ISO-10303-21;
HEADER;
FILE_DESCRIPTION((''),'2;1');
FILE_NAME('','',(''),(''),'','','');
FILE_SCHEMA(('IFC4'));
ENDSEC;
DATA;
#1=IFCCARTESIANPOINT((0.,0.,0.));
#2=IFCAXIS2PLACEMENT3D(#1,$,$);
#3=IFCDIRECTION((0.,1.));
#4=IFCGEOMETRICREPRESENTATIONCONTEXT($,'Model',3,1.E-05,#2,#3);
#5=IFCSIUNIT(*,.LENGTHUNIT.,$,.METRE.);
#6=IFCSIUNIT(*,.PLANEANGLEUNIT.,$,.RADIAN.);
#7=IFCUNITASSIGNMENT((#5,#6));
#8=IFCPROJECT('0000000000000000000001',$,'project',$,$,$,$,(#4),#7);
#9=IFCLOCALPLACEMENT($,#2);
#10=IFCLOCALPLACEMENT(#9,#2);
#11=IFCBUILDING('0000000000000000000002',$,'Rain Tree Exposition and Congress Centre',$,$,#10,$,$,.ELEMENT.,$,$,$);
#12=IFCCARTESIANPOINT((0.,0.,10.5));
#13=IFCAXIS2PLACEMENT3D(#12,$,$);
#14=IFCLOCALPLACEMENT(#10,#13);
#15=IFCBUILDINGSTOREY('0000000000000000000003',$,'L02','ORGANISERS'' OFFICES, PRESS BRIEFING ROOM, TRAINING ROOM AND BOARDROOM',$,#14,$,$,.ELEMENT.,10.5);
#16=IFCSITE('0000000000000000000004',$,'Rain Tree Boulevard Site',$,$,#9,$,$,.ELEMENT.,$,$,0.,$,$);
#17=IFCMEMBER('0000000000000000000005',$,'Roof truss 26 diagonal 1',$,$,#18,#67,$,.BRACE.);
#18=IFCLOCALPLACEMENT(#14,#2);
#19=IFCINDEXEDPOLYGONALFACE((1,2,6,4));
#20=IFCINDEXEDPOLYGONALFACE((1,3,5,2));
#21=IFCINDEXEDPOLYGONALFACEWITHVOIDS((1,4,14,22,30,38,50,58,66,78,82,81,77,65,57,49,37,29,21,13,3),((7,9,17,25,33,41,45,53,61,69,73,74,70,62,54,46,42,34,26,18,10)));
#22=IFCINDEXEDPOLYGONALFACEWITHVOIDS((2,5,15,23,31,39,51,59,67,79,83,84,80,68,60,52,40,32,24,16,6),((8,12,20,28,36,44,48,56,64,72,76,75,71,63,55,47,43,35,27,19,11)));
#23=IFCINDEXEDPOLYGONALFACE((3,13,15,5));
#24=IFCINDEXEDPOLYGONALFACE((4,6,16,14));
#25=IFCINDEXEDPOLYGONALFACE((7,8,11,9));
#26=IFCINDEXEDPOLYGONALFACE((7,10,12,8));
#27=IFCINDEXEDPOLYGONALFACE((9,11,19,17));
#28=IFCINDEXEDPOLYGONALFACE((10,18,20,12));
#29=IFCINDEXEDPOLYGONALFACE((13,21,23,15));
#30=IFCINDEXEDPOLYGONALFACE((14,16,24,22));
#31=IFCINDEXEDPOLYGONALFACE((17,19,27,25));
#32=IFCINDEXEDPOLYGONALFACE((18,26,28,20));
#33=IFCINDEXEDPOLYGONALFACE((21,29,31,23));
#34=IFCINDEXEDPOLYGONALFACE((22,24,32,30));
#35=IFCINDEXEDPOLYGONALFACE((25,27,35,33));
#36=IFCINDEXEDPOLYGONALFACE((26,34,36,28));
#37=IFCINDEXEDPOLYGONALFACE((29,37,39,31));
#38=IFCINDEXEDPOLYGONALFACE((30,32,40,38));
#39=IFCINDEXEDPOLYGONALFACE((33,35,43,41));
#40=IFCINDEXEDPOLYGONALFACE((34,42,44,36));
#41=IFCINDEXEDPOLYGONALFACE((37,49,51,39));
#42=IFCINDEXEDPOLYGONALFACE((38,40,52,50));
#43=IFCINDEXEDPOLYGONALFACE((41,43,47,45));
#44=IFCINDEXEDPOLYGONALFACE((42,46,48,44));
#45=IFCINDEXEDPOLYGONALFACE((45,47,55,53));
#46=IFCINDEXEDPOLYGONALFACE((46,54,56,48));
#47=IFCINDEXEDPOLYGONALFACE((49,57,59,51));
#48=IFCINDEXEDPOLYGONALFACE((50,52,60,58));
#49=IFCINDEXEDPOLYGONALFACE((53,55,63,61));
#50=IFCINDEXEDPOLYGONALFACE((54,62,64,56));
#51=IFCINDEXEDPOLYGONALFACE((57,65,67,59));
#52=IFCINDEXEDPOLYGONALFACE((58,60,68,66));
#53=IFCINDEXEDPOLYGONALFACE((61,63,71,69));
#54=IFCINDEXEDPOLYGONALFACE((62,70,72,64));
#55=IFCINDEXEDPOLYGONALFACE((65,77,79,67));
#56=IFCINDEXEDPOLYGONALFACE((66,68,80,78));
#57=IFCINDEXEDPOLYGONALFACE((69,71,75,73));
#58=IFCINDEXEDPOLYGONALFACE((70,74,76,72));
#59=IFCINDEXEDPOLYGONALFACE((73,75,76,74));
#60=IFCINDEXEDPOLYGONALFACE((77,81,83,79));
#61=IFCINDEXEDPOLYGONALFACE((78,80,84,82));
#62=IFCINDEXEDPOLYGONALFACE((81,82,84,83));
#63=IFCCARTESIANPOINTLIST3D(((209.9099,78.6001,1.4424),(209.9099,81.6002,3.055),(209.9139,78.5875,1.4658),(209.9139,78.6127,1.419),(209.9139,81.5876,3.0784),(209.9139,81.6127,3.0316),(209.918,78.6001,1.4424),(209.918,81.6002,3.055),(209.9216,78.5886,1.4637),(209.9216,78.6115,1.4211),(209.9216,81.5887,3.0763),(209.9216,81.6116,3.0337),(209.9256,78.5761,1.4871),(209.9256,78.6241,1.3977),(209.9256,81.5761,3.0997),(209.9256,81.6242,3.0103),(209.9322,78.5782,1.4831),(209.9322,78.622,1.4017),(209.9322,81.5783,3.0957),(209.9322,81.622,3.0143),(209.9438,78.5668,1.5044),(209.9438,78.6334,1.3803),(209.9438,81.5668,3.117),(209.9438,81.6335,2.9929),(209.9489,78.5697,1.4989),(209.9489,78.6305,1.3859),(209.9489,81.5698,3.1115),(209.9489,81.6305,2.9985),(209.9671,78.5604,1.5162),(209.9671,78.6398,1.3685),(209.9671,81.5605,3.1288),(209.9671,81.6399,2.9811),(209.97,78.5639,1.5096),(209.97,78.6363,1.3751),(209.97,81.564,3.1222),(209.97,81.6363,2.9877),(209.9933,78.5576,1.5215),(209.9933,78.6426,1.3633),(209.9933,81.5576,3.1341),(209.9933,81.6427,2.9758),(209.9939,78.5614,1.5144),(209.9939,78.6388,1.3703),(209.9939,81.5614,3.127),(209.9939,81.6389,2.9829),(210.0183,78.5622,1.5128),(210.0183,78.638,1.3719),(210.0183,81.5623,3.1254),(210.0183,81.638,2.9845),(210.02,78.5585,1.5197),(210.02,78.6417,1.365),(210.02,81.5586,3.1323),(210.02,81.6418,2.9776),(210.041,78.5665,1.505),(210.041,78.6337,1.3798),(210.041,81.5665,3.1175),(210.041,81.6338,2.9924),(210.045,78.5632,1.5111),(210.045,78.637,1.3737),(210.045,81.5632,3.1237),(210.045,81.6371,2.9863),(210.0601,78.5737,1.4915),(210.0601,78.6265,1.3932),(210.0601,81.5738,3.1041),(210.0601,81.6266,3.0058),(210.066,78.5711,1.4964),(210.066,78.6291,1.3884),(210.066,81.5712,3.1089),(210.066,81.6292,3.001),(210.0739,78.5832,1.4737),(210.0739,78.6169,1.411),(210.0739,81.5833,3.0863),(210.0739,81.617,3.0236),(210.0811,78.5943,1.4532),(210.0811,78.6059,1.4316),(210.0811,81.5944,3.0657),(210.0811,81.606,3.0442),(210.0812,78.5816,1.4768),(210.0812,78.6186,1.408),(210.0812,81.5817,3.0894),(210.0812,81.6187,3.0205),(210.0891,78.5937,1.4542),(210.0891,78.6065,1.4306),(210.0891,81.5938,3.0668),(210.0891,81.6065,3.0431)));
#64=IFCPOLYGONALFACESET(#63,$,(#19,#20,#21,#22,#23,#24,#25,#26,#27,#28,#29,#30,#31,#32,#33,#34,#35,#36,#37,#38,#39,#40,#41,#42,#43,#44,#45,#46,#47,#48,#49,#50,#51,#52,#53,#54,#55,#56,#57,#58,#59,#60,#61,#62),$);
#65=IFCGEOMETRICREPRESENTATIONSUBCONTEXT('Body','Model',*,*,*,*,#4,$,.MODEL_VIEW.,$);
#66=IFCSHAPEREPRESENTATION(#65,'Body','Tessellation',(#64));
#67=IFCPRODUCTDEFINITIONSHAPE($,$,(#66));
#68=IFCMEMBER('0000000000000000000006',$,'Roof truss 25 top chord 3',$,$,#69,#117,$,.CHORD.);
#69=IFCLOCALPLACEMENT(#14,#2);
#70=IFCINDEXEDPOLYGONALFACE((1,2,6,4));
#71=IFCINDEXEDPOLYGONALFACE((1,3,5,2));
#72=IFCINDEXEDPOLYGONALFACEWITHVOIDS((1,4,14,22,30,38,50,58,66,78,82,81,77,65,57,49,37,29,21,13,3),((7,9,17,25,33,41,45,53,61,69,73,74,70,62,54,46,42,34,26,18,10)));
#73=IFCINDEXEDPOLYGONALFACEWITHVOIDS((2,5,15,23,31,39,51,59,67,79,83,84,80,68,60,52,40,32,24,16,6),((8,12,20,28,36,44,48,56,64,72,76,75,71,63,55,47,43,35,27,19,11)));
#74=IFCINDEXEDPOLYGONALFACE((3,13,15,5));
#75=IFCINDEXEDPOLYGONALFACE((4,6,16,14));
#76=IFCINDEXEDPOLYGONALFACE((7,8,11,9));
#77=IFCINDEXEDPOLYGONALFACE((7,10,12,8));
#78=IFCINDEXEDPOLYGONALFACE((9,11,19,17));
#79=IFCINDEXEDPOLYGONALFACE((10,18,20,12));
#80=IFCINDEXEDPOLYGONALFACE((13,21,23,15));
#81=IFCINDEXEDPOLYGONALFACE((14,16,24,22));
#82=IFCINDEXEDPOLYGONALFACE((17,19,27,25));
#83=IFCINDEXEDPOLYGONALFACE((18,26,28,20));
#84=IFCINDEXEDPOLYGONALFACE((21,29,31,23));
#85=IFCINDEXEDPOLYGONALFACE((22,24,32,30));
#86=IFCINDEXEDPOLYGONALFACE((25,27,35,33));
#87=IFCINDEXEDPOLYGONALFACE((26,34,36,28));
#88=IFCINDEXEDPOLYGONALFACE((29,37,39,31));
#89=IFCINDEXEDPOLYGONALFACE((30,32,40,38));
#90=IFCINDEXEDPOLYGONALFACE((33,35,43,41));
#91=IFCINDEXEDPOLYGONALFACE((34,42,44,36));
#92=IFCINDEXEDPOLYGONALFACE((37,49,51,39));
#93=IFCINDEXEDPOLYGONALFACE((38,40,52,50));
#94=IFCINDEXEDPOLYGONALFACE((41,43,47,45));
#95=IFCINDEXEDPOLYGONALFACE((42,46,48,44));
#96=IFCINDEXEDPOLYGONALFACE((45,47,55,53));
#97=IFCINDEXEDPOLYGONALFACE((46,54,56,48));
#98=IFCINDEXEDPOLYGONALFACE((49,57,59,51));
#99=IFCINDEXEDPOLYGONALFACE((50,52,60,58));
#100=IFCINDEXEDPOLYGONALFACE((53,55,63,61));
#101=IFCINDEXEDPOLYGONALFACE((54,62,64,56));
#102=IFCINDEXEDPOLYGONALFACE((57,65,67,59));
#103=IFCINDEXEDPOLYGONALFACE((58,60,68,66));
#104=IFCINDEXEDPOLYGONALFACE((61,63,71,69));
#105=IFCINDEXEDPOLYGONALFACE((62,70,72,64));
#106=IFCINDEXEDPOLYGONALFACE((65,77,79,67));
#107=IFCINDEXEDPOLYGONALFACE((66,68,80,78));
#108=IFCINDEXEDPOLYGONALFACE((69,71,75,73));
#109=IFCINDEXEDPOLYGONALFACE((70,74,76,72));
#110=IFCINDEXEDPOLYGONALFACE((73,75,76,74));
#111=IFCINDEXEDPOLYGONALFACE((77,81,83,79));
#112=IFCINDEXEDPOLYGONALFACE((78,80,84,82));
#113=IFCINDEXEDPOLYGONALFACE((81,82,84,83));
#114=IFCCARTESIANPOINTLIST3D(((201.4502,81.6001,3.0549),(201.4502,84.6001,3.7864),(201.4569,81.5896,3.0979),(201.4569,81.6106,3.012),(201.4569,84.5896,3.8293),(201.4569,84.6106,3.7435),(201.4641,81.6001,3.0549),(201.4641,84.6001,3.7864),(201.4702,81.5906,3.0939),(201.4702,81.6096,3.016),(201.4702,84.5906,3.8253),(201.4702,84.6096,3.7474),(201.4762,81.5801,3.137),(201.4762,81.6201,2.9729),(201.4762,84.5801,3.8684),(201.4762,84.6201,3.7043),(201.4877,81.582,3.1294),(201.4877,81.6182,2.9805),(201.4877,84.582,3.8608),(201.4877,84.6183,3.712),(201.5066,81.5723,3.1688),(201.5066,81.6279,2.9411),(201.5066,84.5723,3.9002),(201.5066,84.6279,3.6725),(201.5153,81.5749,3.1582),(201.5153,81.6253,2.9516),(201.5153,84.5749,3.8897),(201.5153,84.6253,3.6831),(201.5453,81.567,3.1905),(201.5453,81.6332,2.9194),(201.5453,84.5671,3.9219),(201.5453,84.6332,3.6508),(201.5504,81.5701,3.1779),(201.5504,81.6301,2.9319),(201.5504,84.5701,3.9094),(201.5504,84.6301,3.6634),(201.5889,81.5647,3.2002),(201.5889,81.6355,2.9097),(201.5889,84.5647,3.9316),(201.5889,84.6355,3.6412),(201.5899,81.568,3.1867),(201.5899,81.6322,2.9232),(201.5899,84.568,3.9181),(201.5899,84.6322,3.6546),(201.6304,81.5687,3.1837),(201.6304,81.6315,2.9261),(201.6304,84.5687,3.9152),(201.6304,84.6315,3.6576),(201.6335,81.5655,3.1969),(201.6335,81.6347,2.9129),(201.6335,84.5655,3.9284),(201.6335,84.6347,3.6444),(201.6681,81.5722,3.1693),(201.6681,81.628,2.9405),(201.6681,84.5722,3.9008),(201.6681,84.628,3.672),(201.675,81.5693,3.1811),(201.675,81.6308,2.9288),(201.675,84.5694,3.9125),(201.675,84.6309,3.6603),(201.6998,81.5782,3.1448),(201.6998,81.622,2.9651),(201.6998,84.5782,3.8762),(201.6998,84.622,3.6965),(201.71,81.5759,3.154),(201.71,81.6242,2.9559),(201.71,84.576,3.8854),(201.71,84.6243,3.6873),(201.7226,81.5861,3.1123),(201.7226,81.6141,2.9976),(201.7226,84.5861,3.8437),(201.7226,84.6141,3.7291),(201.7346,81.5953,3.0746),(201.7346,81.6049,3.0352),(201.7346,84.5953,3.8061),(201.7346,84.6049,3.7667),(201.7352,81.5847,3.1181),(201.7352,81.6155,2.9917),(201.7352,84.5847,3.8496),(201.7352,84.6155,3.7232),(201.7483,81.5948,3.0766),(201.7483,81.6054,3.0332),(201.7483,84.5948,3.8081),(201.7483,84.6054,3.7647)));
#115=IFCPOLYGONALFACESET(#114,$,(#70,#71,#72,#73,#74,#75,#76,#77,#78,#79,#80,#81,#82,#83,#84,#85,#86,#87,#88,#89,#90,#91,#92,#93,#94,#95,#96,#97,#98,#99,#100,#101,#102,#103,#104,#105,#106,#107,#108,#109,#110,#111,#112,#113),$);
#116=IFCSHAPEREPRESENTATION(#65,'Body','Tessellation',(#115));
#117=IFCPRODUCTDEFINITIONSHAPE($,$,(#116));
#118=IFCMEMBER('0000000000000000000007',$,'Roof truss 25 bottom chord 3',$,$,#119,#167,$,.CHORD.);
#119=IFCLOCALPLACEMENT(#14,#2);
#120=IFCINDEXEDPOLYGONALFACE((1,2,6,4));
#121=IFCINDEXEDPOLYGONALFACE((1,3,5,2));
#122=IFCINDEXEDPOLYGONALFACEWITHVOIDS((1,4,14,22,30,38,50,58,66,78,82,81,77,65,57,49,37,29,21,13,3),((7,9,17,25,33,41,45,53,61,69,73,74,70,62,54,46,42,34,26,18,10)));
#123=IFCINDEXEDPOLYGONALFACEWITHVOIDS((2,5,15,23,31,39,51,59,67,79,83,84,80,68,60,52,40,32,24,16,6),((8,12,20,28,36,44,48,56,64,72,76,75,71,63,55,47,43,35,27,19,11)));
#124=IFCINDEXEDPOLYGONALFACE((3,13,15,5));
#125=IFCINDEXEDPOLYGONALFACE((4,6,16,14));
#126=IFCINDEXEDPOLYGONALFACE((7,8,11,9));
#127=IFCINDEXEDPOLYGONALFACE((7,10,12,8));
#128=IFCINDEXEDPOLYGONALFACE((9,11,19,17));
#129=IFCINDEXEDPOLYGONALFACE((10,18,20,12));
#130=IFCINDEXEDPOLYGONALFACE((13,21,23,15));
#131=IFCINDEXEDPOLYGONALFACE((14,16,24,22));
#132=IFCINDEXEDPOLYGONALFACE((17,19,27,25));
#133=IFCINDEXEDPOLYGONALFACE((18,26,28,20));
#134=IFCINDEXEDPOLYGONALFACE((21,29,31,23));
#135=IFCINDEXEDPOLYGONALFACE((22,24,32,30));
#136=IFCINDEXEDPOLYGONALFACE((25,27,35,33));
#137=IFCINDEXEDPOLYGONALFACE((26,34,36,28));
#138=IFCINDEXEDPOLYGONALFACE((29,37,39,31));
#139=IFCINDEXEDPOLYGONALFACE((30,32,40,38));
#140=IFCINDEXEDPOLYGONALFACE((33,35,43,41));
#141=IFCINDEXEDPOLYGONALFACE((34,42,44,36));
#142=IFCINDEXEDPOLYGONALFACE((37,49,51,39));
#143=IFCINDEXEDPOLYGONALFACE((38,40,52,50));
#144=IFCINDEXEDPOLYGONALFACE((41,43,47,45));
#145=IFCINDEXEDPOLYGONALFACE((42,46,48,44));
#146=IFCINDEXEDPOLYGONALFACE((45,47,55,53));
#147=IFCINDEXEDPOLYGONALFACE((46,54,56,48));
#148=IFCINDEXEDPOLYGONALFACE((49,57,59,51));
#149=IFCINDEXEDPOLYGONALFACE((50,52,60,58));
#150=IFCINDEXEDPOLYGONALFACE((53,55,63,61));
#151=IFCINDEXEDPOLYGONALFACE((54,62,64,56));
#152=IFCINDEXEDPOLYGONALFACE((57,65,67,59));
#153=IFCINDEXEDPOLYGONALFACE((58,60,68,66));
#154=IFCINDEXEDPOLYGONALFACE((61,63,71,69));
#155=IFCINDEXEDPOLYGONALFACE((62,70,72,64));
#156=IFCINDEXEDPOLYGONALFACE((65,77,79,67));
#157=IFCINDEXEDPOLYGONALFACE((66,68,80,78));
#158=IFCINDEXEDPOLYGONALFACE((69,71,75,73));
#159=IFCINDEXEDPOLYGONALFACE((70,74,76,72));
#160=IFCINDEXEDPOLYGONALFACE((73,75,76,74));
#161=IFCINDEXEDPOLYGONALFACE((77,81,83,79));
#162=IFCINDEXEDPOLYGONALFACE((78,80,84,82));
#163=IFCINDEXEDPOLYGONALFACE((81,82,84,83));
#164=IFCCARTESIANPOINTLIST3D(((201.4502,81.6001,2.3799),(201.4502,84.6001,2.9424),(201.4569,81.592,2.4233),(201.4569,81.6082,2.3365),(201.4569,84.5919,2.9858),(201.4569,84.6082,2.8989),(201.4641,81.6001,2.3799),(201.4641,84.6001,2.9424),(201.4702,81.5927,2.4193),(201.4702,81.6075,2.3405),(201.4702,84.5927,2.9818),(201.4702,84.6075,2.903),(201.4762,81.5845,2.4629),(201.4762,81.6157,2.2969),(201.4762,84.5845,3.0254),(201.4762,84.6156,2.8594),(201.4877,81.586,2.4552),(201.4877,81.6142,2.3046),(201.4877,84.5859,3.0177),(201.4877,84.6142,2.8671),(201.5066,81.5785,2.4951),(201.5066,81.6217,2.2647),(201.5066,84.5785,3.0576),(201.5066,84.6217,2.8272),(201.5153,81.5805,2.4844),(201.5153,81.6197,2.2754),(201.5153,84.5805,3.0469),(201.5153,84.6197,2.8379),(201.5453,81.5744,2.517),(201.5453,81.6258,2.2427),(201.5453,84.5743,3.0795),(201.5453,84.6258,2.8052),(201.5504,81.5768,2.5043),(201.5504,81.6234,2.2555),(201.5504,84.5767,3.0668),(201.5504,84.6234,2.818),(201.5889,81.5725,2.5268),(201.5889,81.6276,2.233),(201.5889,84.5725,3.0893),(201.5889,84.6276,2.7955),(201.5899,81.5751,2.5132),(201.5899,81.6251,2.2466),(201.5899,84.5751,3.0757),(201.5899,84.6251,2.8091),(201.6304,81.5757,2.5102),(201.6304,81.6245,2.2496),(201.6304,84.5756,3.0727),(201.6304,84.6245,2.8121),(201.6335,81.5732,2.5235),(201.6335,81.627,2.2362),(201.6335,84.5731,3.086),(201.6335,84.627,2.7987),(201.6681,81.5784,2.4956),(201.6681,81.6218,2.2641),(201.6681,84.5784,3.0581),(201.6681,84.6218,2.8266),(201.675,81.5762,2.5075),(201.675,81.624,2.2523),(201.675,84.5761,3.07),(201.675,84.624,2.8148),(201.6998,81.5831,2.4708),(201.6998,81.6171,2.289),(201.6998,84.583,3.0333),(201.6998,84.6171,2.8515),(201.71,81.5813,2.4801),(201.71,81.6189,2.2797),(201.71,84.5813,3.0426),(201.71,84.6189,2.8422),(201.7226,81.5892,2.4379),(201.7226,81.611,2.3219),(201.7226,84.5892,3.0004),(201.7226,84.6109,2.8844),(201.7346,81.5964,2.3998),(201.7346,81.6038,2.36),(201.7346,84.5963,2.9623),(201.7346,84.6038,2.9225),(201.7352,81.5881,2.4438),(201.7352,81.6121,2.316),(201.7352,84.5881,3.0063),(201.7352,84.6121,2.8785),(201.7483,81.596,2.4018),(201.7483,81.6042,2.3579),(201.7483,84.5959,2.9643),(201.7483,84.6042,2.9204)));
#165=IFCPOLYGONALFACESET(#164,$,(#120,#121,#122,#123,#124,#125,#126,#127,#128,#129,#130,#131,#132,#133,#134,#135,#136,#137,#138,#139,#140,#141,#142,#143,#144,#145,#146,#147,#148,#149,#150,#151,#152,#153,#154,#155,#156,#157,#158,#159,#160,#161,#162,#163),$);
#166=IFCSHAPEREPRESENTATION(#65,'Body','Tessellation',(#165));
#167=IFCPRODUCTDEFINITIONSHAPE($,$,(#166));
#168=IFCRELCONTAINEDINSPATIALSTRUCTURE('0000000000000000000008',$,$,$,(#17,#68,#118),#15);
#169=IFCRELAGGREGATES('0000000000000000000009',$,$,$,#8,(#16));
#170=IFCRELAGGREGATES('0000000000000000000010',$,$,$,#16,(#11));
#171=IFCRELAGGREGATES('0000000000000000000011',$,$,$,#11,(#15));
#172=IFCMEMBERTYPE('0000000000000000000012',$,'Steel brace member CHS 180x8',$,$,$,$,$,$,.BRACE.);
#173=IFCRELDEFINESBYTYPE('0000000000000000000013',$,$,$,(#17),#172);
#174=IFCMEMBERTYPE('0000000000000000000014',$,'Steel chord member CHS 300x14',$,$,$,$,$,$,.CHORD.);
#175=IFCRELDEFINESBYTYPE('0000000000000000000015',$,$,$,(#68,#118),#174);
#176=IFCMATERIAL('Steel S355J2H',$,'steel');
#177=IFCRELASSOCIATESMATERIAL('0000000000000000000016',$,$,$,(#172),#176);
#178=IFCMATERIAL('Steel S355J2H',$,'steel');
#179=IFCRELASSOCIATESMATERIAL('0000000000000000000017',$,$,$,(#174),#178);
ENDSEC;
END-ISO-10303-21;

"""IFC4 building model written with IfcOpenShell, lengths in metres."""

from ifc_helpers import new_model, si_unit, direction, frame, origin, origin_2d, place, context, subcontext, project, spatial, hollow_circle, extrude, material, material_profile, profile_set, type_object, element, save


model = new_model("IFC4")

# Units and contexts
model_context = context("Model", 3, precision=1e-05, world=origin(), true_north=direction((0.0, 1.0)))
body_context = subcontext(model_context, "Body", "Model", "MODEL_VIEW")
ifc_project = project(units=[si_unit("LENGTHUNIT", "METRE"), si_unit("PLANEANGLEUNIT", "RADIAN")], contexts=[model_context])

# Site, building, storey
site_placement = place(None, origin())
site = spatial("IfcSite", under=ifc_project, at=site_placement, Name="Rain Tree Boulevard Site", CompositionType="ELEMENT", RefElevation=0.0)
building_placement = place(site_placement, origin())
building = spatial("IfcBuilding", under=site, at=building_placement, Name="Rain Tree Exposition and Congress Centre", CompositionType="ELEMENT")
storey_placement = place(building_placement, frame((0.0, 0.0, 10.5)))
storey = spatial("IfcBuildingStorey", under=building, at=storey_placement, Name="L02", Description="ORGANISERS' OFFICES, PRESS BRIEFING ROOM, TRAINING ROOM AND BOARDROOM", CompositionType="ELEMENT", Elevation=10.5)

# Members
ifc_material_1 = material(Name="Steel S355J2H", Category="steel")
ifc_material_profile_1 = material_profile(ifc_material_1, hollow_circle(Radius=0.0901, WallThickness=0.0081, at=origin_2d()), Name="CHS 180x8")
ifc_profile_set_1 = profile_set([ifc_material_profile_1], Name="Steel S355J2H")
member_type_1 = type_object("IfcMemberType", Name="Steel brace member CHS 180x8", PredefinedType="BRACE", material=ifc_profile_set_1)
member_1_placement = place(storey_placement, frame((210.0, 78.6001, 1.4424), z_axis=(0.0, 0.880818, 0.473454), x_axis=(-1.0, 0.0, 0.0)))
element("IfcMember", 1, at=member_1_placement, inside=storey, type_object=member_type_1, Name="Roof truss 26 diagonal 1", PredefinedType="BRACE", context=body_context, shape_type="SweptSolid", body=[
    extrude(hollow_circle(Radius=0.0901, WallThickness=0.0081, at=origin_2d()), origin(), (0.0, 0.0, 1.0), 3.406),
])
ifc_material_2 = material(Name="Steel S355J2H", Category="steel")
ifc_material_profile_2 = material_profile(ifc_material_2, hollow_circle(Radius=0.1499, WallThickness=0.0139, at=origin_2d()), Name="CHS 300x14")
ifc_profile_set_2 = profile_set([ifc_material_profile_2], Name="Steel S355J2H")
member_type_2 = type_object("IfcMemberType", Name="Steel chord member CHS 300x14", PredefinedType="CHORD", material=ifc_profile_set_2)
member_2_placement = place(storey_placement, frame((201.6001, 81.6001, 3.0549), z_axis=(0.0, 0.97154, 0.236876), x_axis=(-1.0, 0.0, 0.0)))
element("IfcMember", 2, at=member_2_placement, inside=storey, type_object=member_type_2, Name="Roof truss 25 top chord 3", PredefinedType="CHORD", context=body_context, shape_type="SweptSolid", body=[
    extrude(hollow_circle(Radius=0.1499, WallThickness=0.0139, at=origin_2d()), origin(), (0.0, 0.0, 1.0), 3.0879),
])
member_3_placement = place(storey_placement, frame((201.6001, 81.6001, 2.3799), z_axis=(0.0, 0.982872, 0.184289), x_axis=(-1.0, 0.0, 0.0)))
element("IfcMember", 3, at=member_3_placement, inside=storey, type_object=member_type_2, Name="Roof truss 25 bottom chord 3", PredefinedType="CHORD", context=body_context, shape_type="SweptSolid", body=[
    extrude(hollow_circle(Radius=0.1499, WallThickness=0.0139, at=origin_2d()), origin(), (0.0, 0.0, 1.0), 3.0522),
])

save(model, "model.ifc")
